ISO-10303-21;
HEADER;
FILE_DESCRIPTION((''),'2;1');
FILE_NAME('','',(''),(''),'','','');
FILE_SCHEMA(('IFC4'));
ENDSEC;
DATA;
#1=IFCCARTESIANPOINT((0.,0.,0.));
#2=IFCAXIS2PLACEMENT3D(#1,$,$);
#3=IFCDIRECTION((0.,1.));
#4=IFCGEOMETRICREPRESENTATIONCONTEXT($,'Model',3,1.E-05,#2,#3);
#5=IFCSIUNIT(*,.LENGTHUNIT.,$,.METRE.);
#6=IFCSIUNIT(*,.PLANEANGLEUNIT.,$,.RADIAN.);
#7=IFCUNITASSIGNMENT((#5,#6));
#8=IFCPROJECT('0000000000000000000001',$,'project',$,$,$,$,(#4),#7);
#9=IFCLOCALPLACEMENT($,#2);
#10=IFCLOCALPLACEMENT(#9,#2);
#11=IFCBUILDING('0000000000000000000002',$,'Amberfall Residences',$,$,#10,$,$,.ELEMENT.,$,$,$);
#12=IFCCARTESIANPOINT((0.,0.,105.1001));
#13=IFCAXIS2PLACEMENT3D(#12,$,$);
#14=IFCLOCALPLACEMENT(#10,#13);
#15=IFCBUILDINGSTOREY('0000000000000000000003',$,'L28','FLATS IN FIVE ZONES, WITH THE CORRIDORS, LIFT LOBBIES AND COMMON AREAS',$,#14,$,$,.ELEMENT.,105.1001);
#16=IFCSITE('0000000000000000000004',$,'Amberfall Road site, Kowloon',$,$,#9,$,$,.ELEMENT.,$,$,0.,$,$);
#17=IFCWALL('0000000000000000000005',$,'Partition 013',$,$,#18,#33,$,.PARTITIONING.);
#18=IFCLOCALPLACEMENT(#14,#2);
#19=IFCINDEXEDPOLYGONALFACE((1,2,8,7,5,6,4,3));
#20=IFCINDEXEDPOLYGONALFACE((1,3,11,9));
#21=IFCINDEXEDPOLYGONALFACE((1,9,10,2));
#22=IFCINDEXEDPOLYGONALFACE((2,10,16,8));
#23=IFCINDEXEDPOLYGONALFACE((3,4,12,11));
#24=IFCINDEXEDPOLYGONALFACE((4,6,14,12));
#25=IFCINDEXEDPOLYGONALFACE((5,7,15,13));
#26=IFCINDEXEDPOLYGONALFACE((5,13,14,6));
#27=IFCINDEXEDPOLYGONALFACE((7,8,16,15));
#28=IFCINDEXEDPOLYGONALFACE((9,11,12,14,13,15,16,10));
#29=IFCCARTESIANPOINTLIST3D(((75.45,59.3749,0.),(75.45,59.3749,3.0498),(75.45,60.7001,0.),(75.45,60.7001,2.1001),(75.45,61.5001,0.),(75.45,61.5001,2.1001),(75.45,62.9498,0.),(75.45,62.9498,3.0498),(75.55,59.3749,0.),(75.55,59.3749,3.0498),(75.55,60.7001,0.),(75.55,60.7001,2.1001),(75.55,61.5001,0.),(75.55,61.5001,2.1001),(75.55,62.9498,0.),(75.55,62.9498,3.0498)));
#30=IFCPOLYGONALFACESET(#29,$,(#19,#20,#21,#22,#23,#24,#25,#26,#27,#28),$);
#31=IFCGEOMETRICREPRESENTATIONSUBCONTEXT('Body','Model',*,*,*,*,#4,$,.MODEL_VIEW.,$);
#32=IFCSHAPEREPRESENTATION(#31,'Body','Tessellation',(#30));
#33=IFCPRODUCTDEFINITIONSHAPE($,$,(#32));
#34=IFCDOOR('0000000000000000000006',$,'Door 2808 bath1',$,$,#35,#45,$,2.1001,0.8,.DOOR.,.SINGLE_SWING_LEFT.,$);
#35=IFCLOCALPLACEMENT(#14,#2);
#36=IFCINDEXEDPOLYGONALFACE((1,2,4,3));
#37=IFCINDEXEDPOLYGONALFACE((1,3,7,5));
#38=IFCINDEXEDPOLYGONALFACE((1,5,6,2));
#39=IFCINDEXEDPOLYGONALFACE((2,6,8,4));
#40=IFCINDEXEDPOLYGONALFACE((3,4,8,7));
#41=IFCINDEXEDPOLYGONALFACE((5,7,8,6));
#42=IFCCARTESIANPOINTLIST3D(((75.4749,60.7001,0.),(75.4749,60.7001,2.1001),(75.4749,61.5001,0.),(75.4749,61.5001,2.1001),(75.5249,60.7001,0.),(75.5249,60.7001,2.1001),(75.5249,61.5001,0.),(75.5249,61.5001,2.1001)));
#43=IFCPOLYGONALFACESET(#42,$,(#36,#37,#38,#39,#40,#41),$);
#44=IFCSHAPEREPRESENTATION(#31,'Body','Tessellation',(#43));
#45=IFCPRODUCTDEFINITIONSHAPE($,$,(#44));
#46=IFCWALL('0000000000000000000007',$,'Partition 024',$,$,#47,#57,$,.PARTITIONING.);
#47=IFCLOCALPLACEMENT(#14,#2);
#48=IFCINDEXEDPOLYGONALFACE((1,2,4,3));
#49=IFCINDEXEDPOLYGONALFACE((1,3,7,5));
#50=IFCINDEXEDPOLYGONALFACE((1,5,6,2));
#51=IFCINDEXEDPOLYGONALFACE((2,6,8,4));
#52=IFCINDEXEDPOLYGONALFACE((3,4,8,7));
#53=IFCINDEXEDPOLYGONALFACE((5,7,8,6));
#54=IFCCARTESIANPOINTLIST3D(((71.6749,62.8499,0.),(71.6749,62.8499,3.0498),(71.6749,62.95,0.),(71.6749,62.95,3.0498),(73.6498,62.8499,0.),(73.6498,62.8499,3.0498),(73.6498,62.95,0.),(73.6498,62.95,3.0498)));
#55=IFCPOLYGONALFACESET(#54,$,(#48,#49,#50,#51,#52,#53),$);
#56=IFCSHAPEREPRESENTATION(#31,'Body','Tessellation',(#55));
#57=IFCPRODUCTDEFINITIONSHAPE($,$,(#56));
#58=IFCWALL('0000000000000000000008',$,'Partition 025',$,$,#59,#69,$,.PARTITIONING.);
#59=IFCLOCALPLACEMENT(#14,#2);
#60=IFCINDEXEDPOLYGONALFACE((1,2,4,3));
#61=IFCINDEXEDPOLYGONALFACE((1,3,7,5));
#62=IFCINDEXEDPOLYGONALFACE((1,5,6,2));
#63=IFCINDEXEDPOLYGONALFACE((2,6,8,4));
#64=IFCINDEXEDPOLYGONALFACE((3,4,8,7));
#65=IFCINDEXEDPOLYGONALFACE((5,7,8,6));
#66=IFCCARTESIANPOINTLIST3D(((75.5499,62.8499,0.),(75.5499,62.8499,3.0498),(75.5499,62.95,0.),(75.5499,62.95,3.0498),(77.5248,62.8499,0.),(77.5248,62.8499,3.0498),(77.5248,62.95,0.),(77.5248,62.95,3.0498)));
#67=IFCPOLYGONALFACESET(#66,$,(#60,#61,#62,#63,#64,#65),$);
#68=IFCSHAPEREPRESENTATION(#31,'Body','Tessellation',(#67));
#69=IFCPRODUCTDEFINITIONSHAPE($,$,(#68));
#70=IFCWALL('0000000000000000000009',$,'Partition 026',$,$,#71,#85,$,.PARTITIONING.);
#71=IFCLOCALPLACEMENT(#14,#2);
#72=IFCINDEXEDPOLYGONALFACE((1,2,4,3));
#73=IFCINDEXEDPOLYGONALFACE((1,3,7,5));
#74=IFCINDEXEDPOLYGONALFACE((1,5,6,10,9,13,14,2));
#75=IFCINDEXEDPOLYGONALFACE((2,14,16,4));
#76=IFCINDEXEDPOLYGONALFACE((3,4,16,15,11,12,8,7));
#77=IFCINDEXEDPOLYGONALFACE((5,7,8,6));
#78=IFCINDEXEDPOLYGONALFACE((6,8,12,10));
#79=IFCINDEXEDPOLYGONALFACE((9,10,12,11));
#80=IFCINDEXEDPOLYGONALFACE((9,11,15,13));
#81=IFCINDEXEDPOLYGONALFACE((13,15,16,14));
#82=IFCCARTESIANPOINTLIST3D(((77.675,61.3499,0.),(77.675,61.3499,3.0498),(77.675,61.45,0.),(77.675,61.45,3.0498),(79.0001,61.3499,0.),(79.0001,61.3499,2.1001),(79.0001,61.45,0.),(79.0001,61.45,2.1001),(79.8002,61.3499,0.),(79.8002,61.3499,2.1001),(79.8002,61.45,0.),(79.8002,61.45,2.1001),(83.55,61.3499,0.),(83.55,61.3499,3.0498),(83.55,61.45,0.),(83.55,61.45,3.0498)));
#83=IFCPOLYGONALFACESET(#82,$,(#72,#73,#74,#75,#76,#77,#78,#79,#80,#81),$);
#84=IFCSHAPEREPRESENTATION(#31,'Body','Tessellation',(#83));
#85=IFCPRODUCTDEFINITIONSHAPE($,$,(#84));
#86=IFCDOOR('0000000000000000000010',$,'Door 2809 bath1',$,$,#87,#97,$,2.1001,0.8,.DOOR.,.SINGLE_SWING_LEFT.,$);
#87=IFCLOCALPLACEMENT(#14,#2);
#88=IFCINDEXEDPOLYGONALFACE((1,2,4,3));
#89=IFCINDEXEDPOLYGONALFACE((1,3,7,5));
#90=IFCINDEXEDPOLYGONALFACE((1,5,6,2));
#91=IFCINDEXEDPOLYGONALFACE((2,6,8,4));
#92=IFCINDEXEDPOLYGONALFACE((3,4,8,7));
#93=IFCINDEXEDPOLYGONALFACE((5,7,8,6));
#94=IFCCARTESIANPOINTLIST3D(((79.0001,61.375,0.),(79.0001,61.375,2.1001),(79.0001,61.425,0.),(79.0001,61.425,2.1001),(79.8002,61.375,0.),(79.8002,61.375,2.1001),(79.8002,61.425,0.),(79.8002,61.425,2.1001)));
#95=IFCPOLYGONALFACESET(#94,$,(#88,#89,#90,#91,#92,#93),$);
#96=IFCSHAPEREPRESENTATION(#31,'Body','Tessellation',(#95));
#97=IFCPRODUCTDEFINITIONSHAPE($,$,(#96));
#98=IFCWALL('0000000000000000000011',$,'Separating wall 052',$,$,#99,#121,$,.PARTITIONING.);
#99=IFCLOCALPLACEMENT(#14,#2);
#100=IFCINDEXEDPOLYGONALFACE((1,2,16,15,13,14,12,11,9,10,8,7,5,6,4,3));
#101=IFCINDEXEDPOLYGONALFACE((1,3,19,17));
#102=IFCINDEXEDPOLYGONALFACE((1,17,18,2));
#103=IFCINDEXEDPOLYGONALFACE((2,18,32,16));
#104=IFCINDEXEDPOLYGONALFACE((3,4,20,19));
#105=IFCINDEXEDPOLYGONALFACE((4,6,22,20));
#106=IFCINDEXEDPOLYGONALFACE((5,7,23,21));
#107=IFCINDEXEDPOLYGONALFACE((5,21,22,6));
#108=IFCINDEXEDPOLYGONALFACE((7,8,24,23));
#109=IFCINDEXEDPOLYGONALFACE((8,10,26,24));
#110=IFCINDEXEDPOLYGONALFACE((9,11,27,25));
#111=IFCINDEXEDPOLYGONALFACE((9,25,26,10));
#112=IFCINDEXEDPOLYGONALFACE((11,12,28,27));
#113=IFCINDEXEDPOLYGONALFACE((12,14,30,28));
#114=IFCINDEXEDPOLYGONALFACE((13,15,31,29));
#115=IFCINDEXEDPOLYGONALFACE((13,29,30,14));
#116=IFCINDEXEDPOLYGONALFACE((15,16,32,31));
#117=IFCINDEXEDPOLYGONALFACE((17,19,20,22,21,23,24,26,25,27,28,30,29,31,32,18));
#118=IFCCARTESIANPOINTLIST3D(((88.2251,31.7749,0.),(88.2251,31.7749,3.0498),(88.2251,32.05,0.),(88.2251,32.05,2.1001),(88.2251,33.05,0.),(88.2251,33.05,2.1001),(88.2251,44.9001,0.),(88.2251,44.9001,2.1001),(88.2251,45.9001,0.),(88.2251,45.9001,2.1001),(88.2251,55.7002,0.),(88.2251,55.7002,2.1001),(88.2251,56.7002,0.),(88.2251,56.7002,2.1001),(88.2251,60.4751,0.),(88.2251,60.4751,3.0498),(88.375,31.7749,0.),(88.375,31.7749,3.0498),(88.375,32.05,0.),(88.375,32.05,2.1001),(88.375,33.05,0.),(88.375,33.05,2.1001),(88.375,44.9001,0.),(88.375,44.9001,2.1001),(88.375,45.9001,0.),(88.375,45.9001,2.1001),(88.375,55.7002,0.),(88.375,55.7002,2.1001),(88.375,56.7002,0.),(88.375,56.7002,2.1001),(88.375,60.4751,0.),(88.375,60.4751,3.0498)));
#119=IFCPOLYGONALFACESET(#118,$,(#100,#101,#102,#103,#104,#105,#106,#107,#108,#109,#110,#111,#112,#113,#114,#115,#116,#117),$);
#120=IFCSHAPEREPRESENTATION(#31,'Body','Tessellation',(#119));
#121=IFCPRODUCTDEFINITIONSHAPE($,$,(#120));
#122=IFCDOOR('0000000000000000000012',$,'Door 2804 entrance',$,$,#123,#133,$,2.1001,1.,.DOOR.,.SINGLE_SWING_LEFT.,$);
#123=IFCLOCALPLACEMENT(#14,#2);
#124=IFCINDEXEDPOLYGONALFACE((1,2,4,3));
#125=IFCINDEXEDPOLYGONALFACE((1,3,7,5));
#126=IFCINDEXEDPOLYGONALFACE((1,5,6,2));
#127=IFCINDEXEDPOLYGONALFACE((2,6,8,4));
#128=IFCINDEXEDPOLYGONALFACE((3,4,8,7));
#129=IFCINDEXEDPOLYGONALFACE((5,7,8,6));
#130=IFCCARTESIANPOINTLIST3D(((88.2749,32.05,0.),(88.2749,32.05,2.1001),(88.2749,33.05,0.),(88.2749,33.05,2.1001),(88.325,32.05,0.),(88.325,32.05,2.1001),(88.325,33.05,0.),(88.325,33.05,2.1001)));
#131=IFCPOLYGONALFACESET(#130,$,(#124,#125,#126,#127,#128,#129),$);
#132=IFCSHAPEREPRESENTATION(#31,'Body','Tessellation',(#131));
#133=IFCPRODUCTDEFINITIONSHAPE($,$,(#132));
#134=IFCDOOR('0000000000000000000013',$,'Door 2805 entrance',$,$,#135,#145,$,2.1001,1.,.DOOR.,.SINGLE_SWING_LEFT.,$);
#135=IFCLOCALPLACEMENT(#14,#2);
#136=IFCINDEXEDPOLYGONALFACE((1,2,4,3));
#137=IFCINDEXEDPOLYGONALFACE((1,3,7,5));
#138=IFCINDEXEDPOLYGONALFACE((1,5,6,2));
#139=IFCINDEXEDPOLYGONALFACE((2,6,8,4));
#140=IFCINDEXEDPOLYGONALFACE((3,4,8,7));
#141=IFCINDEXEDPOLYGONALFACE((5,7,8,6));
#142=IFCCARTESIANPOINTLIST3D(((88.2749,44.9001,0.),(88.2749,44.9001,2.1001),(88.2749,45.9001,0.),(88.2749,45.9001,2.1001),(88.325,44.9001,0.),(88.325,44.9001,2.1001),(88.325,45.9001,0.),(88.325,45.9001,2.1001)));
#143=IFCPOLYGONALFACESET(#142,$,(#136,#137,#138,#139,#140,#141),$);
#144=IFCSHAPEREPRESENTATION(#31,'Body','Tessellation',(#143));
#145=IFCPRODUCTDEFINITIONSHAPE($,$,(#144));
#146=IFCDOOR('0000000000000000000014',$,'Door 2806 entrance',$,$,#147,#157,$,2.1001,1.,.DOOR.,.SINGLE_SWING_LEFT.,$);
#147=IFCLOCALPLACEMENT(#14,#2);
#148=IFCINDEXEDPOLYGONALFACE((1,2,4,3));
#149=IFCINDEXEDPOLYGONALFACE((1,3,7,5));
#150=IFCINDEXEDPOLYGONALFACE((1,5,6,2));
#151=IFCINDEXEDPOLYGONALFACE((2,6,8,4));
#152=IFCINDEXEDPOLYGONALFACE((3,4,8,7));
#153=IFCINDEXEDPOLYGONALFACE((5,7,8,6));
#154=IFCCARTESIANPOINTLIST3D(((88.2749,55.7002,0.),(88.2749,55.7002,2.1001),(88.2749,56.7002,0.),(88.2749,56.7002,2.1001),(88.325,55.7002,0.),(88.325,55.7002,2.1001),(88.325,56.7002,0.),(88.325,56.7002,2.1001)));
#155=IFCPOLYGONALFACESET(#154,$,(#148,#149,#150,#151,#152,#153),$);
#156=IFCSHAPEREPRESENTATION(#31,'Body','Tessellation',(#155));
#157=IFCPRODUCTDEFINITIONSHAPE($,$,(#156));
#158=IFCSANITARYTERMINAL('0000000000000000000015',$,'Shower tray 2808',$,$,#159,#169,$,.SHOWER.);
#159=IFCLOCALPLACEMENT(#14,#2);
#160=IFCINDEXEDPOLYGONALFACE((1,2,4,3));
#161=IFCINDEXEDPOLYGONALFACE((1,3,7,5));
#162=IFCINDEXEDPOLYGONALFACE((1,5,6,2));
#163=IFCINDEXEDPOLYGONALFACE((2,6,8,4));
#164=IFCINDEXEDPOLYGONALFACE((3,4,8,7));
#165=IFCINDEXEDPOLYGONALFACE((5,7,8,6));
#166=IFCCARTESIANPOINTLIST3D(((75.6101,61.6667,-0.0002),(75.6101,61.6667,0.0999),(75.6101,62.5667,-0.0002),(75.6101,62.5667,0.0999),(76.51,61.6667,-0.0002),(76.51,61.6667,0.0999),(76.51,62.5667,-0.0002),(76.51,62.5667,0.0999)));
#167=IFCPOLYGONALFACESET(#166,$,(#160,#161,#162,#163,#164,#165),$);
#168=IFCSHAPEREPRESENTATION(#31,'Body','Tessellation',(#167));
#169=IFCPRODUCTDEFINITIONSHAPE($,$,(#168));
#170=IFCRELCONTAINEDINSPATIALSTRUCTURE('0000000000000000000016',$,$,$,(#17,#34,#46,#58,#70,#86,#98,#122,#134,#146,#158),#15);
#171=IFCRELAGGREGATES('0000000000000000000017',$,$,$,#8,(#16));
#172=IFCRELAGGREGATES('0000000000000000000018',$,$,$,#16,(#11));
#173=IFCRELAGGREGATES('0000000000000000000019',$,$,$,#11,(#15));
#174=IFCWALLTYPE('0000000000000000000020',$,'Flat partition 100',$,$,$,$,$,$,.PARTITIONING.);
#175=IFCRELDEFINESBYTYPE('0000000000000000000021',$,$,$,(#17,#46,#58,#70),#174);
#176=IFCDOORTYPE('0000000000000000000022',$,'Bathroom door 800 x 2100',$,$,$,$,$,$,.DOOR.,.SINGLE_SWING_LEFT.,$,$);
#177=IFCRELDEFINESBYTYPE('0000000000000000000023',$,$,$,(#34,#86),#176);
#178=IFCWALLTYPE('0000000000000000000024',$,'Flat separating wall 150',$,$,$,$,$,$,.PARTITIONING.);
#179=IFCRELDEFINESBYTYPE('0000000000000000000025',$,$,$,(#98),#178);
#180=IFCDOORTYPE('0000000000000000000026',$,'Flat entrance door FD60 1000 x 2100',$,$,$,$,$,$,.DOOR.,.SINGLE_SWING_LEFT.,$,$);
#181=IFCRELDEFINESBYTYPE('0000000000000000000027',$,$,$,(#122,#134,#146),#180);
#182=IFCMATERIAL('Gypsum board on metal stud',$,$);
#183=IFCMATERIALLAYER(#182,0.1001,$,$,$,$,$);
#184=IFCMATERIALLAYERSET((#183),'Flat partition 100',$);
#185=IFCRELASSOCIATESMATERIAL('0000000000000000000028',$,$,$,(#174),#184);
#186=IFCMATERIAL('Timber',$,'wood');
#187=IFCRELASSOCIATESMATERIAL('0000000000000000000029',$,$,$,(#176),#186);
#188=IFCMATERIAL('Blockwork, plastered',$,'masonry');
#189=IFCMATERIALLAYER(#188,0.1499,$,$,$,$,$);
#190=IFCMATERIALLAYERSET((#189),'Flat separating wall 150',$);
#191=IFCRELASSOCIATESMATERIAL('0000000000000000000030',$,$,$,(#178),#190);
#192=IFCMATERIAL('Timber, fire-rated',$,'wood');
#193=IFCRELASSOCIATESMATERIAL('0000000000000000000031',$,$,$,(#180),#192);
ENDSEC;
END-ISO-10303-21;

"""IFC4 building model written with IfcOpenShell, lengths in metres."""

from ifc_helpers import new_model, si_unit, direction, frame, frame_2d, origin, origin_2d, place, context, subcontext, project, spatial, rectangle, extrude, material, layer, layer_set, type_object, element, fill, save


model = new_model("IFC4")

# Units and contexts
model_context = context("Model", 3, precision=1e-05, world=origin(), true_north=direction((0.0, 1.0)))
body_context = subcontext(model_context, "Body", "Model", "MODEL_VIEW")
ifc_project = project(units=[si_unit("LENGTHUNIT", "METRE"), si_unit("PLANEANGLEUNIT", "RADIAN")], contexts=[model_context])

# Site, building, storey
site_placement = place(None, origin())
site = spatial("IfcSite", under=ifc_project, at=site_placement, Name="Amberfall Road site, Kowloon", CompositionType="ELEMENT", RefElevation=0.0)
building_placement = place(site_placement, origin())
building = spatial("IfcBuilding", under=site, at=building_placement, Name="Amberfall Residences", CompositionType="ELEMENT")
storey_placement = place(building_placement, frame((0.0, 0.0, 105.1001)))
storey = spatial("IfcBuildingStorey", under=building, at=storey_placement, Name="L28", Description="FLATS IN FIVE ZONES, WITH THE CORRIDORS, LIFT LOBBIES AND COMMON AREAS", CompositionType="ELEMENT", Elevation=105.1001)

# Wall, opening, door
ifc_material_1 = material(Name="Gypsum board on metal stud")
ifc_layer_1 = layer(ifc_material_1, 0.1001)
ifc_layer_set_1 = layer_set([ifc_layer_1], Name="Flat partition 100")
wall_type_1 = type_object("IfcWallType", Name="Flat partition 100", PredefinedType="PARTITIONING", material=ifc_layer_set_1)
wall_1_placement = place(storey_placement, frame((75.5, 62.95, 0.0), z_axis=(0.0, 0.0, 1.0), x_axis=(0.0, -1.0, 0.0)))
wall_1 = element("IfcWall", 1, at=wall_1_placement, inside=storey, type_object=wall_type_1, Name="Partition 013", PredefinedType="PARTITIONING", context=body_context, shape_type="SweptSolid", body=[
    extrude(rectangle(XDim=3.575, YDim=0.1001, at=frame_2d((1.7876, 0.0))), origin(), (0.0, 0.0, 1.0), 3.0498),
])
opening_1_placement = place(wall_1_placement, frame((1.45, 0.0, 0.0)))
opening_1 = element("IfcOpeningElement", 2, at=opening_1_placement, cuts=wall_1, PredefinedType="OPENING", context=body_context, shape_type="SweptSolid", body=[
    extrude(rectangle(XDim=0.8, YDim=2.1001, at=frame_2d((0.3999, 1.05))), frame((0.0, 0.0601, 0.0), z_axis=(0.0, -1.0, 0.0), x_axis=(1.0, 0.0, 0.0)), (0.0, 0.0, 1.0), 0.1201),
])
ifc_material_2 = material(Name="Timber", Category="wood")
door_type_1 = type_object("IfcDoorType", Name="Bathroom door 800 x 2100", OperationType="SINGLE_SWING_LEFT", PredefinedType="DOOR", material=ifc_material_2)
door_1_placement = place(opening_1_placement, origin())
door_1 = element("IfcDoor", 3, at=door_1_placement, inside=storey, type_object=door_type_1, Name="Door 2808 bath1", OperationType="SINGLE_SWING_LEFT", OverallHeight=2.1001, OverallWidth=0.8, PredefinedType="DOOR", context=body_context, shape_type="SweptSolid", body=[
    extrude(rectangle(XDim=0.8, YDim=2.1001, at=frame_2d((0.3999, 1.05))), frame((0.0, 0.0249, 0.0), z_axis=(0.0, -1.0, 0.0), x_axis=(1.0, 0.0, 0.0)), (0.0, 0.0, 1.0), 0.05),
])
fill(opening_1, door_1)

# Walls
for number, where, z_axis, x_axis, name in (
    (4, (71.675, 62.8999, 0.0), (0.0, 0.0, 1.0), (1.0, 0.0, 0.0), "Partition 024"),
    (5, (75.55, 62.8999, 0.0), (0.0, 0.0, 1.0), (1.0, 0.0, 0.0), "Partition 025"),
):
    element("IfcWall", number, at=place(storey_placement, frame(where, z_axis=z_axis, x_axis=x_axis)), inside=storey, type_object=wall_type_1, Name=name, PredefinedType="PARTITIONING", context=body_context, shape_type="SweptSolid", body=[
        extrude(rectangle(XDim=1.9749, YDim=0.1001, at=frame_2d((0.9873, 0.0))), origin(), (0.0, 0.0, 1.0), 3.0498),
    ])

# Wall, opening, door
wall_2_placement = place(storey_placement, frame((83.55, 61.3999, 0.0), z_axis=(0.0, 0.0, 1.0), x_axis=(-1.0, 0.0, 0.0)))
wall_2 = element("IfcWall", 6, at=wall_2_placement, inside=storey, type_object=wall_type_1, Name="Partition 026", PredefinedType="PARTITIONING", context=body_context, shape_type="SweptSolid", body=[
    extrude(rectangle(XDim=5.875, YDim=0.1001, at=frame_2d((2.9375, 0.0))), origin(), (0.0, 0.0, 1.0), 3.0498),
])
opening_2_placement = place(wall_2_placement, frame((3.75, 0.0, 0.0)))
opening_2 = element("IfcOpeningElement", 7, at=opening_2_placement, cuts=wall_2, PredefinedType="OPENING", context=body_context, shape_type="SweptSolid", body=[
    extrude(rectangle(XDim=0.8, YDim=2.1001, at=frame_2d((0.3999, 1.05))), frame((0.0, 0.0601, 0.0), z_axis=(0.0, -1.0, 0.0), x_axis=(1.0, 0.0, 0.0)), (0.0, 0.0, 1.0), 0.1201),
])
door_2_placement = place(opening_2_placement, origin())
door_2 = element("IfcDoor", 8, at=door_2_placement, inside=storey, type_object=door_type_1, Name="Door 2809 bath1", OperationType="SINGLE_SWING_LEFT", OverallHeight=2.1001, OverallWidth=0.8, PredefinedType="DOOR", context=body_context, shape_type="SweptSolid", body=[
    extrude(rectangle(XDim=0.8, YDim=2.1001, at=frame_2d((0.3999, 1.05))), frame((0.0, 0.0249, 0.0), z_axis=(0.0, -1.0, 0.0), x_axis=(1.0, 0.0, 0.0)), (0.0, 0.0, 1.0), 0.05),
])
fill(opening_2, door_2)

# Wall, openings, doors
ifc_material_3 = material(Name="Blockwork, plastered", Category="masonry")
ifc_layer_2 = layer(ifc_material_3, 0.1499)
ifc_layer_set_2 = layer_set([ifc_layer_2], Name="Flat separating wall 150")
wall_type_2 = type_object("IfcWallType", Name="Flat separating wall 150", PredefinedType="PARTITIONING", material=ifc_layer_set_2)
wall_3_placement = place(storey_placement, frame((88.3, 60.4751, 0.0), z_axis=(0.0, 0.0, 1.0), x_axis=(0.0, -1.0, 0.0)))
wall_3 = element("IfcWall", 9, at=wall_3_placement, inside=storey, type_object=wall_type_2, Name="Separating wall 052", PredefinedType="PARTITIONING", context=body_context, shape_type="SweptSolid", body=[
    extrude(rectangle(XDim=28.7002, YDim=0.1499, at=frame_2d((14.3501, 0.0))), origin(), (0.0, 0.0, 1.0), 3.0498),
])
opening_3_placement = place(wall_3_placement, frame((27.425, 0.0, 0.0)))
opening_3 = element("IfcOpeningElement", 10, at=opening_3_placement, cuts=wall_3, PredefinedType="OPENING", context=body_context, shape_type="SweptSolid", body=[
    extrude(rectangle(XDim=1.0, YDim=2.1001, at=frame_2d((0.5, 1.05))), frame((0.0, 0.085, 0.0), z_axis=(0.0, -1.0, 0.0), x_axis=(1.0, 0.0, 0.0)), (0.0, 0.0, 1.0), 0.1699),
])
opening_4_placement = place(wall_3_placement, frame((14.575, 0.0, 0.0)))
opening_4 = element("IfcOpeningElement", 11, at=opening_4_placement, cuts=wall_3, PredefinedType="OPENING", context=body_context, shape_type="SweptSolid", body=[
    extrude(rectangle(XDim=1.0, YDim=2.1001, at=frame_2d((0.5, 1.05))), frame((0.0, 0.085, 0.0), z_axis=(0.0, -1.0, 0.0), x_axis=(1.0, 0.0, 0.0)), (0.0, 0.0, 1.0), 0.1699),
])
opening_5_placement = place(wall_3_placement, frame((3.7749, 0.0, 0.0)))
opening_5 = element("IfcOpeningElement", 12, at=opening_5_placement, cuts=wall_3, PredefinedType="OPENING", context=body_context, shape_type="SweptSolid", body=[
    extrude(rectangle(XDim=1.0, YDim=2.1001, at=frame_2d((0.5, 1.05))), frame((0.0, 0.085, 0.0), z_axis=(0.0, -1.0, 0.0), x_axis=(1.0, 0.0, 0.0)), (0.0, 0.0, 1.0), 0.1699),
])
ifc_material_4 = material(Name="Timber, fire-rated", Category="wood")
door_type_2 = type_object("IfcDoorType", Name="Flat entrance door FD60 1000 x 2100", OperationType="SINGLE_SWING_LEFT", PredefinedType="DOOR", material=ifc_material_4)
door_3_placement = place(opening_3_placement, origin())
door_3 = element("IfcDoor", 13, at=door_3_placement, inside=storey, type_object=door_type_2, Name="Door 2804 entrance", OperationType="SINGLE_SWING_LEFT", OverallHeight=2.1001, OverallWidth=1.0, PredefinedType="DOOR", context=body_context, shape_type="SweptSolid", body=[
    extrude(rectangle(XDim=1.0, YDim=2.1001, at=frame_2d((0.5, 1.05))), frame((0.0, 0.0249, 0.0), z_axis=(0.0, -1.0, 0.0), x_axis=(1.0, 0.0, 0.0)), (0.0, 0.0, 1.0), 0.05),
])
fill(opening_3, door_3)
door_4_placement = place(opening_4_placement, origin())
door_4 = element("IfcDoor", 14, at=door_4_placement, inside=storey, type_object=door_type_2, Name="Door 2805 entrance", OperationType="SINGLE_SWING_LEFT", OverallHeight=2.1001, OverallWidth=1.0, PredefinedType="DOOR", context=body_context, shape_type="SweptSolid", body=[
    extrude(rectangle(XDim=1.0, YDim=2.1001, at=frame_2d((0.5, 1.05))), frame((0.0, 0.0249, 0.0), z_axis=(0.0, -1.0, 0.0), x_axis=(1.0, 0.0, 0.0)), (0.0, 0.0, 1.0), 0.05),
])
fill(opening_4, door_4)
door_5_placement = place(opening_5_placement, origin())
door_5 = element("IfcDoor", 15, at=door_5_placement, inside=storey, type_object=door_type_2, Name="Door 2806 entrance", OperationType="SINGLE_SWING_LEFT", OverallHeight=2.1001, OverallWidth=1.0, PredefinedType="DOOR", context=body_context, shape_type="SweptSolid", body=[
    extrude(rectangle(XDim=1.0, YDim=2.1001, at=frame_2d((0.5, 1.05))), frame((0.0, 0.0249, 0.0), z_axis=(0.0, -1.0, 0.0), x_axis=(1.0, 0.0, 0.0)), (0.0, 0.0, 1.0), 0.05),
])
fill(opening_5, door_5)

# Sanitary terminal
for number, where, z_axis, x_axis, name in (
    (16, (76.0601, 62.1167, -0.0002), (0.0, 0.0, 1.0), (1.0, 0.0, 0.0), "Shower tray 2808"),
):
    element("IfcSanitaryTerminal", number, at=place(storey_placement, frame(where, z_axis=z_axis, x_axis=x_axis)), inside=storey, Name=name, PredefinedType="SHOWER", context=body_context, shape_type="SweptSolid", body=[
        extrude(rectangle(XDim=0.8999, YDim=0.8999, at=origin_2d()), origin(), (0.0, 0.0, 1.0), 0.1001),
    ])

save(model, "model.ifc")
